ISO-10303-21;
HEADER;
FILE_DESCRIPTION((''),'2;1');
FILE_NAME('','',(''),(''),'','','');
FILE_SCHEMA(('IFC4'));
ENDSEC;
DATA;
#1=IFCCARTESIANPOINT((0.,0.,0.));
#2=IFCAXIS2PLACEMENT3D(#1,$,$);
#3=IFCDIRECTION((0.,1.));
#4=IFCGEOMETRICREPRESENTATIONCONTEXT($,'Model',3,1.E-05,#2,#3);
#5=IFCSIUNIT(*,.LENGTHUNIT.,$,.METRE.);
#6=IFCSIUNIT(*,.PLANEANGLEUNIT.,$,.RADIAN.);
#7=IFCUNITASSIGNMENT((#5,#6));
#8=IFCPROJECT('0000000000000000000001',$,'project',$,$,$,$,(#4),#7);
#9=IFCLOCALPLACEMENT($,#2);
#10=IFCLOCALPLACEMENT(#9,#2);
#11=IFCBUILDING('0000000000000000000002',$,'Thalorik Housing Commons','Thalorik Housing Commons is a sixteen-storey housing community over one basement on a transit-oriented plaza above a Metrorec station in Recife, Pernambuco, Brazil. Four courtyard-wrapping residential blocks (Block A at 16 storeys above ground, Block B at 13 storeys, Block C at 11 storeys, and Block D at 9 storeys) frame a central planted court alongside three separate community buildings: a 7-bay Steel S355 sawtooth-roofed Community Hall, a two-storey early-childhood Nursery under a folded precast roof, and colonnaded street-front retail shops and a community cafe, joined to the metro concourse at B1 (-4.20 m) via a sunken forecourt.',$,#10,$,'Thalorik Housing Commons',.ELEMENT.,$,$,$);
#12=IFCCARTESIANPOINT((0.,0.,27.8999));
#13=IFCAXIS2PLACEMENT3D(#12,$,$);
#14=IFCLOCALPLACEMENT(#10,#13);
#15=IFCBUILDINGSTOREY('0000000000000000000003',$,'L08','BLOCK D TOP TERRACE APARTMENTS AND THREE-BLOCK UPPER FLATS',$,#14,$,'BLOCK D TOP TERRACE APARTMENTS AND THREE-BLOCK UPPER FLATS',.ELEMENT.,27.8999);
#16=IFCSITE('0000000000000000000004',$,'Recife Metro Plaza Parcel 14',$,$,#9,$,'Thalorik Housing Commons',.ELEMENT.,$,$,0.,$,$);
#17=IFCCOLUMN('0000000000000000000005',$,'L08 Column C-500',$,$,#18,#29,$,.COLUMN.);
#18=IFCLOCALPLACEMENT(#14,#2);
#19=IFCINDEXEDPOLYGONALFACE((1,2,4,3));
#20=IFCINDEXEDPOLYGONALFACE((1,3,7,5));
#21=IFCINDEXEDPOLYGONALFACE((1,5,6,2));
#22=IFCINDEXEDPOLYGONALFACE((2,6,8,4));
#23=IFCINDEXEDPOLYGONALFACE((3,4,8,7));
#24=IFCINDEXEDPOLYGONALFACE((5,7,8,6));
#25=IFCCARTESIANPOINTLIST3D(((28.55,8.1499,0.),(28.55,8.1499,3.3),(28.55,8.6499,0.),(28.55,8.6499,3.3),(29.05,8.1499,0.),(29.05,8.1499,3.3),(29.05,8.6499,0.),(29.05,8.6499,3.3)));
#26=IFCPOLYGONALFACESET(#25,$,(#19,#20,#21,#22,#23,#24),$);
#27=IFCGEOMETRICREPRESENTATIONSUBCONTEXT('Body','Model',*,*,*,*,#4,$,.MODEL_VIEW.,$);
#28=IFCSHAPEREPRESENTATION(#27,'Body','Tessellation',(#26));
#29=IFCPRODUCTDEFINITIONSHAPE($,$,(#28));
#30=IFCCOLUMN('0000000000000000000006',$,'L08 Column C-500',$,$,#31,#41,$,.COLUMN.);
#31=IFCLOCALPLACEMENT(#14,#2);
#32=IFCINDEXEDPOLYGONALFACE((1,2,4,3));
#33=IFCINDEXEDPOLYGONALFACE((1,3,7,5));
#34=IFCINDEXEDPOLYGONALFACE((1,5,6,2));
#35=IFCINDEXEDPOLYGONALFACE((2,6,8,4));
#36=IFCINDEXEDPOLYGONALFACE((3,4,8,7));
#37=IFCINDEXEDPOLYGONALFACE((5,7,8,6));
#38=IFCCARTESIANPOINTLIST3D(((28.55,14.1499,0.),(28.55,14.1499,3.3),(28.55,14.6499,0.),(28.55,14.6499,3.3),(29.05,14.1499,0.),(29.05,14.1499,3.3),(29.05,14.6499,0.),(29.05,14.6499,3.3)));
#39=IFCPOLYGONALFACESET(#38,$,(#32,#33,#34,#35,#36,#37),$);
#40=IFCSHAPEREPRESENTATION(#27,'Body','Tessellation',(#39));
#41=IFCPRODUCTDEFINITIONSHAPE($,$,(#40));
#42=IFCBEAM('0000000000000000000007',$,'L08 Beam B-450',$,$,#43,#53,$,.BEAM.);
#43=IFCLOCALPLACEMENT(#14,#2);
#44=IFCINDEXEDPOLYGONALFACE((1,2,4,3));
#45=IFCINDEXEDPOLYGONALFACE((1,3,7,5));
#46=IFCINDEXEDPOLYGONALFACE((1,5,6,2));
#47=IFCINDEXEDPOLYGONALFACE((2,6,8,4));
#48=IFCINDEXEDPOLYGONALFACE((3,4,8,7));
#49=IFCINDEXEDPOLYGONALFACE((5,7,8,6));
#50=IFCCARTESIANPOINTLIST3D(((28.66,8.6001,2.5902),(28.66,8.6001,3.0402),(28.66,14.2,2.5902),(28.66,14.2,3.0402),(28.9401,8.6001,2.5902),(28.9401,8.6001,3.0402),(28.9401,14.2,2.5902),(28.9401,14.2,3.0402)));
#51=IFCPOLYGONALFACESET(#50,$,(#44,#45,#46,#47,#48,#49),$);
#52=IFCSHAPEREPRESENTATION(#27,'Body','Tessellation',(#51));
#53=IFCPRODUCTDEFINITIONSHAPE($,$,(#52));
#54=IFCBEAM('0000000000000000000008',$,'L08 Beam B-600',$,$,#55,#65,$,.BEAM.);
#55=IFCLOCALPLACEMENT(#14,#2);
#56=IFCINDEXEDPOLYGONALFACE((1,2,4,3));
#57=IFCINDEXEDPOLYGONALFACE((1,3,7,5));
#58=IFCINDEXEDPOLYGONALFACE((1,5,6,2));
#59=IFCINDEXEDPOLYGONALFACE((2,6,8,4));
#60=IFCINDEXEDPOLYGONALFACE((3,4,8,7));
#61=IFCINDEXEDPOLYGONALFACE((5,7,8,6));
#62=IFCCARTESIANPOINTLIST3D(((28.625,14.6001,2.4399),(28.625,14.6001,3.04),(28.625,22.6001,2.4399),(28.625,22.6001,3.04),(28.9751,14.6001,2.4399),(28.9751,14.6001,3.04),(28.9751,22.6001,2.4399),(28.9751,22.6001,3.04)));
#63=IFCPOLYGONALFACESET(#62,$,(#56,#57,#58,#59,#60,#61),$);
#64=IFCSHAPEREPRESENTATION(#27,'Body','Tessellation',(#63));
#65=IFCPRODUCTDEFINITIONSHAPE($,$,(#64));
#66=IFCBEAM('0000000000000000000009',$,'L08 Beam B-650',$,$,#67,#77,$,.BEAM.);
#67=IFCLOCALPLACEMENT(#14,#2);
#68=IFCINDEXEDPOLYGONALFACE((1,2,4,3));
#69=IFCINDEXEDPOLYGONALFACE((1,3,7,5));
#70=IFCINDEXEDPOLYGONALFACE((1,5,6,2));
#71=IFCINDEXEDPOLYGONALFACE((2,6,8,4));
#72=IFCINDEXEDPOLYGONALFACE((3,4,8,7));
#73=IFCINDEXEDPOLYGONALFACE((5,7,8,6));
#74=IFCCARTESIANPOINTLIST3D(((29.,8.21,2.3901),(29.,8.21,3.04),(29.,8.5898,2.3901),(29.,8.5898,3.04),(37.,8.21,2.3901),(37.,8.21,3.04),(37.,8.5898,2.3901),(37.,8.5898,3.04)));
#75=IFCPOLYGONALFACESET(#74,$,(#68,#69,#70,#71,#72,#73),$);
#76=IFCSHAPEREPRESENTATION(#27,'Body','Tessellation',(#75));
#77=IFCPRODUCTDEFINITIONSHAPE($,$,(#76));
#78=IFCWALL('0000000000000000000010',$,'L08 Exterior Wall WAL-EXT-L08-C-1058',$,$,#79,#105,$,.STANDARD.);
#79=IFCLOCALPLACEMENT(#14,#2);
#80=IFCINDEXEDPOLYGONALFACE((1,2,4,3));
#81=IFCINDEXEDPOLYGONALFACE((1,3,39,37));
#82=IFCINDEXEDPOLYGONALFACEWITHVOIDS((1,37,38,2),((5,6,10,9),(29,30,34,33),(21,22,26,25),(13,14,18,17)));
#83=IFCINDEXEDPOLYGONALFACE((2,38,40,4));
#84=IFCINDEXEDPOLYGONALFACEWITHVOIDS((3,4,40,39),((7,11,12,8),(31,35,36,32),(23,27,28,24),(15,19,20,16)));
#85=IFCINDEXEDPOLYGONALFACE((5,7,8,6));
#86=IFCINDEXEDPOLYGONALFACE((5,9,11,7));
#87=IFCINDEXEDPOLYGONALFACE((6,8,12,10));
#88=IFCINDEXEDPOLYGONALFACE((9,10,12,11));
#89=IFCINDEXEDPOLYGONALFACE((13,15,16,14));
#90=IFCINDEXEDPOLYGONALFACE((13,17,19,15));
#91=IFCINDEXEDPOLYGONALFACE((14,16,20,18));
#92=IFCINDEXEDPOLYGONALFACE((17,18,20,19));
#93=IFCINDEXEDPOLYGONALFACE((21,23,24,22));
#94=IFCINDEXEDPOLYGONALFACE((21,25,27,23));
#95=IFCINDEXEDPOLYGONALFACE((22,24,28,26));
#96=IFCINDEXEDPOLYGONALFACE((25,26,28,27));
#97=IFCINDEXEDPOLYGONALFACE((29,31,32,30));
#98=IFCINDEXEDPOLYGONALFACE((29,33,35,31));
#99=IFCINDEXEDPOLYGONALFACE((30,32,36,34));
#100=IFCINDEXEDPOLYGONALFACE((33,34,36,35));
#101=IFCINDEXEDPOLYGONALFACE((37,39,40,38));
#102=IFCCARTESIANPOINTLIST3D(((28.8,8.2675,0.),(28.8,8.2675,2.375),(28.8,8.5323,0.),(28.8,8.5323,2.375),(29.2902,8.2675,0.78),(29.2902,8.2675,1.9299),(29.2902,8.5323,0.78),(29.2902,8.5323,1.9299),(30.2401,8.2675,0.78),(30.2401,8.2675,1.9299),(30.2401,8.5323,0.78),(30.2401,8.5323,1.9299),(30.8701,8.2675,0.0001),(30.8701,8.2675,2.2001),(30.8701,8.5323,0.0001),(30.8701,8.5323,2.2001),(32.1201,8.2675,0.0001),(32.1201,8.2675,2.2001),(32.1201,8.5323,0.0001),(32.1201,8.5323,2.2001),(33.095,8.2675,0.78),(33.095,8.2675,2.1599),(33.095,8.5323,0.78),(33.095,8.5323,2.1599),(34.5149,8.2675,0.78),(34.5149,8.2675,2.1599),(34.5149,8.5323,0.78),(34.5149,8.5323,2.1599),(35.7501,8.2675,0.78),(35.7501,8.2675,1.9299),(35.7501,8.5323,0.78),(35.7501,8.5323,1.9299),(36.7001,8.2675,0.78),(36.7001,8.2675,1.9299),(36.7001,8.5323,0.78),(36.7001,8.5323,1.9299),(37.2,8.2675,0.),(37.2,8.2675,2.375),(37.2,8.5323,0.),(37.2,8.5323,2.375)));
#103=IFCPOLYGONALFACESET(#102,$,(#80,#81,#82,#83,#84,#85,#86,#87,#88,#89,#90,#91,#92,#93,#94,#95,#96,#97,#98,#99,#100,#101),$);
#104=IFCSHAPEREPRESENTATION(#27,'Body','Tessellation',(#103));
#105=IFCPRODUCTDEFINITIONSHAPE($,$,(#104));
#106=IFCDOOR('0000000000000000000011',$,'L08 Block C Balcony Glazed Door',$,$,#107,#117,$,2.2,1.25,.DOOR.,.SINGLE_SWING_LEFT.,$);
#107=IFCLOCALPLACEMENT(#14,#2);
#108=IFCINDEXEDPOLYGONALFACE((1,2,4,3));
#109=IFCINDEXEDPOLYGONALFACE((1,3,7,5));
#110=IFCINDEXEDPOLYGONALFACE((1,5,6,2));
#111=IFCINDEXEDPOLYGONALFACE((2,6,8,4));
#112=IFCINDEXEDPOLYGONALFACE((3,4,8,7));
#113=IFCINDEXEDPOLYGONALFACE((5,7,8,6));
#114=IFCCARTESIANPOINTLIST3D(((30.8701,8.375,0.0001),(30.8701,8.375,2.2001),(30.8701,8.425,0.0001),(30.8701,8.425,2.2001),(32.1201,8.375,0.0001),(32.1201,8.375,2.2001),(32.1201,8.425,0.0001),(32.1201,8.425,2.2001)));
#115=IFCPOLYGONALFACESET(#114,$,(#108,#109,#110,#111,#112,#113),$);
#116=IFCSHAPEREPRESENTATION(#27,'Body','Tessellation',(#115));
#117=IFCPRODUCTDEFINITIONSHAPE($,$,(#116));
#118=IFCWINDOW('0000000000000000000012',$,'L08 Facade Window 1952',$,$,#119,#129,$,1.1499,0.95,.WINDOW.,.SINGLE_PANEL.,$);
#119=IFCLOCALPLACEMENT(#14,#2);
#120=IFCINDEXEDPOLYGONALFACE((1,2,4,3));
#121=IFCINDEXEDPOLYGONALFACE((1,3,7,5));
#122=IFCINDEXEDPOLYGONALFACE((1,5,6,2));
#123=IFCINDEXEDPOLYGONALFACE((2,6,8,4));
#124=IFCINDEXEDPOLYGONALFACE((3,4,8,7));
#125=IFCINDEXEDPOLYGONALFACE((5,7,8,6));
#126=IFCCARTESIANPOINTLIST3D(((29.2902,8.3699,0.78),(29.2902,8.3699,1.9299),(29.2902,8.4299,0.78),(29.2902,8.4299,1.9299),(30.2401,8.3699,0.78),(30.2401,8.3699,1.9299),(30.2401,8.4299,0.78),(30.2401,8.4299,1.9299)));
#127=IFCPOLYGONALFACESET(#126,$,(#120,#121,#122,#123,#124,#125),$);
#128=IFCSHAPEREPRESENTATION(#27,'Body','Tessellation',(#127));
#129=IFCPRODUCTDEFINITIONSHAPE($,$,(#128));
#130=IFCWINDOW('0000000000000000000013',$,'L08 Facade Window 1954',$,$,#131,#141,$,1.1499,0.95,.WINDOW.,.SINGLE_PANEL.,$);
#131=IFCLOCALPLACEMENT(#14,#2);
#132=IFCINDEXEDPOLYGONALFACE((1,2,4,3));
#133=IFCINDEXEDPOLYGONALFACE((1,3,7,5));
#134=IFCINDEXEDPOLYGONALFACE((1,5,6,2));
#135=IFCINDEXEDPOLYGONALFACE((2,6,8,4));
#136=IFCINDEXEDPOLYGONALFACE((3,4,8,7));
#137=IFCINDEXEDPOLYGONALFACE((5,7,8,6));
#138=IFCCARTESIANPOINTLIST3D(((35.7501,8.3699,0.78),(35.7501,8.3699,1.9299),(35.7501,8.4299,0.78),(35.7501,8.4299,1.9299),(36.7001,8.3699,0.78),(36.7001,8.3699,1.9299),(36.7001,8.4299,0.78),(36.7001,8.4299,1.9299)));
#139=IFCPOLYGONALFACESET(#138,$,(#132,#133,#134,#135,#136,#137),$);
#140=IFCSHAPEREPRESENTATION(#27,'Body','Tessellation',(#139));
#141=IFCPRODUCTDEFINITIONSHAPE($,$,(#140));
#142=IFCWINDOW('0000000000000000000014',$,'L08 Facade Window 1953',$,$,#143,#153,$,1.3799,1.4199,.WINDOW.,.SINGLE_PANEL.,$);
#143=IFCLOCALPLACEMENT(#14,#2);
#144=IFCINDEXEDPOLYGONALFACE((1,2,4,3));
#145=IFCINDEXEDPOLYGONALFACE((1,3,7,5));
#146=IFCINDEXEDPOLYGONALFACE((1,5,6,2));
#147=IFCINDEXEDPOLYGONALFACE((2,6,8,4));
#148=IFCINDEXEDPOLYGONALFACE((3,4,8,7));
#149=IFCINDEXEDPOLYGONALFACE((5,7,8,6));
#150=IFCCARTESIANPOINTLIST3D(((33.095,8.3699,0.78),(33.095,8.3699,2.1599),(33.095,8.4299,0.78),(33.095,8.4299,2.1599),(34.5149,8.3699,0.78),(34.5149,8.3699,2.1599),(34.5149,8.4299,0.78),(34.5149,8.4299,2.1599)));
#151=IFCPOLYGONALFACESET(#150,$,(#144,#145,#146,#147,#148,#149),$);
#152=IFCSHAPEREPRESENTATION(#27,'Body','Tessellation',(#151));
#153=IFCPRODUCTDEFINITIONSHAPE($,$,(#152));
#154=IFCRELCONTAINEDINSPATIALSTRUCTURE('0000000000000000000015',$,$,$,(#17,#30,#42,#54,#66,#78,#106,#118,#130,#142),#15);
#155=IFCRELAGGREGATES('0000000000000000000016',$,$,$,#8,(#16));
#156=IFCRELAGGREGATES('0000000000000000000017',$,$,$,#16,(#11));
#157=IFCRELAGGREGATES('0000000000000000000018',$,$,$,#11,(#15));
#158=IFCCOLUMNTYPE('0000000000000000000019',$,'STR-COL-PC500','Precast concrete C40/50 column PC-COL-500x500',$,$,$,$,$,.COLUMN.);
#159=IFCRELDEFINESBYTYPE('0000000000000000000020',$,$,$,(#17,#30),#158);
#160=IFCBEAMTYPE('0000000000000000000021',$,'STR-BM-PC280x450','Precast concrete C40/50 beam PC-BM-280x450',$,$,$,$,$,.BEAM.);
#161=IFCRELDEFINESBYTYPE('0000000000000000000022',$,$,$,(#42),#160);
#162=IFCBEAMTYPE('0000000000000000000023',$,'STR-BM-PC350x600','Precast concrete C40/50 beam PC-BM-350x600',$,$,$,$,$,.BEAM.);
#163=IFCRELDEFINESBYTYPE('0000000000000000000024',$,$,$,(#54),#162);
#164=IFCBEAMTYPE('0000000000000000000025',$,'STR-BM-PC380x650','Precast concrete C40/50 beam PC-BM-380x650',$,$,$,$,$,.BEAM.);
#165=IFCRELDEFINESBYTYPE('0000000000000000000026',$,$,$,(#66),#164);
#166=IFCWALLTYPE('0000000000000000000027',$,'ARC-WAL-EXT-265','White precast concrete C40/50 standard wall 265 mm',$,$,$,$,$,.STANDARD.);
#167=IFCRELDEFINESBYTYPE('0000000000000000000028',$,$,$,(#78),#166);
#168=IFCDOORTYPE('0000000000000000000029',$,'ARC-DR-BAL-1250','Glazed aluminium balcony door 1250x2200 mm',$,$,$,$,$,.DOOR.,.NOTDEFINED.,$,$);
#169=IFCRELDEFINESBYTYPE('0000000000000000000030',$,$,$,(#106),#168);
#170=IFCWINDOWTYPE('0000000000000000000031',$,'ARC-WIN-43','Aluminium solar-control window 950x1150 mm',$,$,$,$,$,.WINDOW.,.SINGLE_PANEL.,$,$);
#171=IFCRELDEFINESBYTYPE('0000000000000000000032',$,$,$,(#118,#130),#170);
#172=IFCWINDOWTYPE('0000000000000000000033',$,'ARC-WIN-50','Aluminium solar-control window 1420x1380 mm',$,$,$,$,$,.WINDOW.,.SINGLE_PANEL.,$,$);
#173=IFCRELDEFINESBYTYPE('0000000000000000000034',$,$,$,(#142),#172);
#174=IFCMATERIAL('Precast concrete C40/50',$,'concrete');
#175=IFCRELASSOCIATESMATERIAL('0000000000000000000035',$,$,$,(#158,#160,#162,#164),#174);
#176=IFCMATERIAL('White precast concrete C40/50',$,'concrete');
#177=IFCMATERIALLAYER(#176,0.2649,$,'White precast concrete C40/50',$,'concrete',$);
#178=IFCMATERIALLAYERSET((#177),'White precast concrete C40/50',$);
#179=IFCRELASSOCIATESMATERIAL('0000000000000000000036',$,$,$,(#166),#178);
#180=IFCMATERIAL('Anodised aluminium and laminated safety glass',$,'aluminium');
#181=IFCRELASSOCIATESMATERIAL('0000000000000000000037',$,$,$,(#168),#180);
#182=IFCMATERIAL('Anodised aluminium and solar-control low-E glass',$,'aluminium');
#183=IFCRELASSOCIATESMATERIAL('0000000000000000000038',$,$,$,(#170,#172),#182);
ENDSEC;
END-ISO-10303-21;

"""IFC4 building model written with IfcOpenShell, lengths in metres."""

from ifc_helpers import new_model, si_unit, direction, frame, frame_2d, origin, origin_2d, place, context, subcontext, project, spatial, rectangle, extrude, material, layer, layer_set, material_profile, profile_set, type_object, element, fill, save


model = new_model("IFC4")

# Units and contexts
model_context = context("Model", 3, precision=1e-05, world=origin(), true_north=direction((0.0, 1.0)))
body_context = subcontext(model_context, "Body", "Model", "MODEL_VIEW")
ifc_project = project(units=[si_unit("LENGTHUNIT", "METRE"), si_unit("PLANEANGLEUNIT", "RADIAN")], contexts=[model_context])

# Site, building, storey
site_placement = place(None, origin())
site = spatial("IfcSite", under=ifc_project, at=site_placement, Name="Recife Metro Plaza Parcel 14", LongName="Thalorik Housing Commons", CompositionType="ELEMENT", RefElevation=0.0)
building_placement = place(site_placement, origin())
building = spatial("IfcBuilding", under=site, at=building_placement, Name="Thalorik Housing Commons", Description="Thalorik Housing Commons is a sixteen-storey housing community over one basement on a transit-oriented plaza above a Metrorec station in Recife, Pernambuco, Brazil. Four courtyard-wrapping residential blocks (Block A at 16 storeys above ground, Block B at 13 storeys, Block C at 11 storeys, and Block D at 9 storeys) frame a central planted court alongside three separate community buildings: a 7-bay Steel S355 sawtooth-roofed Community Hall, a two-storey early-childhood Nursery under a folded precast roof, and colonnaded street-front retail shops and a community cafe, joined to the metro concourse at B1 (-4.20 m) via a sunken forecourt.", LongName="Thalorik Housing Commons", CompositionType="ELEMENT")
storey_placement = place(building_placement, frame((0.0, 0.0, 27.8999)))
storey = spatial("IfcBuildingStorey", under=building, at=storey_placement, Name="L08", Description="BLOCK D TOP TERRACE APARTMENTS AND THREE-BLOCK UPPER FLATS", LongName="BLOCK D TOP TERRACE APARTMENTS AND THREE-BLOCK UPPER FLATS", CompositionType="ELEMENT", Elevation=27.8999)

# Columns
ifc_material_1 = material(Name="Precast concrete C40/50", Category="concrete")
ifc_material_profile_1 = material_profile(ifc_material_1, rectangle(XDim=0.5, YDim=0.5, at=origin_2d()), Name="PC 500x500", Category="concrete")
ifc_profile_set_1 = profile_set([ifc_material_profile_1], Name="Precast concrete C40/50")
column_type = type_object("IfcColumnType", Name="STR-COL-PC500", Description="Precast concrete C40/50 column PC-COL-500x500", PredefinedType="COLUMN", material=ifc_profile_set_1)
for number, where, z_axis, x_axis, name in (
    (1, (28.8, 8.3999, 0.0), (0.0, 0.0, 1.0), (1.0, 0.0, 0.0), "L08 Column C-500"),
    (2, (28.8, 14.3999, 0.0), (0.0, 0.0, 1.0), (1.0, 0.0, 0.0), "L08 Column C-500"),
):
    element("IfcColumn", number, at=place(storey_placement, frame(where, z_axis=z_axis, x_axis=x_axis)), inside=storey, type_object=column_type, Name=name, PredefinedType="COLUMN", context=body_context, shape_type="SweptSolid", body=[
        extrude(rectangle(XDim=0.5, YDim=0.5, at=origin_2d()), origin(), (0.0, 0.0, 1.0), 3.3),
    ])

# Beams
ifc_material_profile_2 = material_profile(ifc_material_1, rectangle(XDim=0.28, YDim=0.45, at=origin_2d()), Name="PC 280x450", Category="concrete")
ifc_profile_set_2 = profile_set([ifc_material_profile_2], Name="Precast concrete C40/50")
beam_type_1 = type_object("IfcBeamType", Name="STR-BM-PC280x450", Description="Precast concrete C40/50 beam PC-BM-280x450", PredefinedType="BEAM", material=ifc_profile_set_2)
beam_1_placement = place(storey_placement, frame((28.8, 8.6001, 2.8152), z_axis=(0.0, 1.0, 0.0), x_axis=(-1.0, 0.0, 0.0)))
element("IfcBeam", 3, at=beam_1_placement, inside=storey, type_object=beam_type_1, Name="L08 Beam B-450", PredefinedType="BEAM", context=body_context, shape_type="SweptSolid", body=[
    extrude(rectangle(XDim=0.28, YDim=0.45, at=origin_2d()), origin(), (0.0, 0.0, 1.0), 5.5999),
])
ifc_material_profile_3 = material_profile(ifc_material_1, rectangle(XDim=0.3501, YDim=0.6001, at=origin_2d()), Name="PC 350x600", Category="concrete")
ifc_profile_set_3 = profile_set([ifc_material_profile_3], Name="Precast concrete C40/50")
beam_type_2 = type_object("IfcBeamType", Name="STR-BM-PC350x600", Description="Precast concrete C40/50 beam PC-BM-350x600", PredefinedType="BEAM", material=ifc_profile_set_3)
beam_2_placement = place(storey_placement, frame((28.8, 14.6001, 2.74), z_axis=(0.0, 1.0, 0.0), x_axis=(-1.0, 0.0, 0.0)))
element("IfcBeam", 4, at=beam_2_placement, inside=storey, type_object=beam_type_2, Name="L08 Beam B-600", PredefinedType="BEAM", context=body_context, shape_type="SweptSolid", body=[
    extrude(rectangle(XDim=0.3501, YDim=0.6001, at=origin_2d()), origin(), (0.0, 0.0, 1.0), 8.0),
])
ifc_material_profile_4 = material_profile(ifc_material_1, rectangle(XDim=0.3799, YDim=0.6499, at=origin_2d()), Name="PC 380x650", Category="concrete")
ifc_profile_set_4 = profile_set([ifc_material_profile_4], Name="Precast concrete C40/50")
beam_type_3 = type_object("IfcBeamType", Name="STR-BM-PC380x650", Description="Precast concrete C40/50 beam PC-BM-380x650", PredefinedType="BEAM", material=ifc_profile_set_4)
beam_3_placement = place(storey_placement, frame((29.0, 8.3999, 2.7151), z_axis=(1.0, 0.0, 0.0), x_axis=(0.0, 1.0, 0.0)))
element("IfcBeam", 5, at=beam_3_placement, inside=storey, type_object=beam_type_3, Name="L08 Beam B-650", PredefinedType="BEAM", context=body_context, shape_type="SweptSolid", body=[
    extrude(rectangle(XDim=0.3799, YDim=0.6499, at=origin_2d()), origin(), (0.0, 0.0, 1.0), 8.0),
])

# Wall, openings, door, windows
ifc_material_2 = material(Name="White precast concrete C40/50", Category="concrete")
ifc_layer_1 = layer(ifc_material_2, 0.2649, Name="White precast concrete C40/50", Category="concrete")
ifc_layer_set_1 = layer_set([ifc_layer_1], Name="White precast concrete C40/50")
wall_type_1 = type_object("IfcWallType", Name="ARC-WAL-EXT-265", Description="White precast concrete C40/50 standard wall 265 mm", PredefinedType="STANDARD", material=ifc_layer_set_1)
wall_1_placement = place(storey_placement, frame((28.8, 8.3999, 0.0), z_axis=(0.0, 0.0, 1.0), x_axis=(1.0, 0.0, 0.0)))
wall_1 = element("IfcWall", 6, at=wall_1_placement, inside=storey, type_object=wall_type_1, Name="L08 Exterior Wall WAL-EXT-L08-C-1058", PredefinedType="STANDARD", context=body_context, shape_type="SweptSolid", body=[
    extrude(rectangle(XDim=8.3999, YDim=0.2649, at=frame_2d((4.2, 0.0))), origin(), (0.0, 0.0, 1.0), 2.375),
])
opening_1_placement = place(wall_1_placement, frame((2.0701, 0.0, 0.0)))
opening_1 = element("IfcOpeningElement", 7, at=opening_1_placement, cuts=wall_1, PredefinedType="OPENING", context=body_context, shape_type="SweptSolid", body=[
    extrude(rectangle(XDim=1.25, YDim=2.2, at=frame_2d((0.625, 1.1001))), frame((0.0, 0.1426, 0.0), z_axis=(0.0, -1.0, 0.0), x_axis=(1.0, 0.0, 0.0)), (0.0, 0.0, 1.0), 0.2849),
])
opening_2_placement = place(wall_1_placement, frame((0.49, 0.0, 0.78)))
opening_2 = element("IfcOpeningElement", 8, at=opening_2_placement, cuts=wall_1, PredefinedType="OPENING", context=body_context, shape_type="SweptSolid", body=[
    extrude(rectangle(XDim=0.95, YDim=1.1499, at=frame_2d((0.4751, 0.575))), frame((0.0, 0.1426, 0.0), z_axis=(0.0, -1.0, 0.0), x_axis=(1.0, 0.0, 0.0)), (0.0, 0.0, 1.0), 0.2849),
])
opening_3_placement = place(wall_1_placement, frame((4.2949, 0.0, 0.78)))
opening_3 = element("IfcOpeningElement", 9, at=opening_3_placement, cuts=wall_1, PredefinedType="OPENING", context=body_context, shape_type="SweptSolid", body=[
    extrude(rectangle(XDim=1.4199, YDim=1.3799, at=frame_2d((0.71, 0.6899))), frame((0.0, 0.1426, 0.0), z_axis=(0.0, -1.0, 0.0), x_axis=(1.0, 0.0, 0.0)), (0.0, 0.0, 1.0), 0.2849),
])
opening_4_placement = place(wall_1_placement, frame((6.95, 0.0, 0.78)))
opening_4 = element("IfcOpeningElement", 10, at=opening_4_placement, cuts=wall_1, PredefinedType="OPENING", context=body_context, shape_type="SweptSolid", body=[
    extrude(rectangle(XDim=0.95, YDim=1.1499, at=frame_2d((0.4751, 0.575))), frame((0.0, 0.1426, 0.0), z_axis=(0.0, -1.0, 0.0), x_axis=(1.0, 0.0, 0.0)), (0.0, 0.0, 1.0), 0.2849),
])
ifc_material_3 = material(Name="Anodised aluminium and laminated safety glass", Category="aluminium")
door_type_1 = type_object("IfcDoorType", Name="ARC-DR-BAL-1250", Description="Glazed aluminium balcony door 1250x2200 mm", OperationType="NOTDEFINED", PredefinedType="DOOR", material=ifc_material_3)
door_1_placement = place(opening_1_placement, frame((1.25, 0.0, 0.0), z_axis=(0.0, 0.0, 1.0), x_axis=(-1.0, 0.0, 0.0)))
door_1 = element("IfcDoor", 11, at=door_1_placement, inside=storey, type_object=door_type_1, Name="L08 Block C Balcony Glazed Door", OperationType="SINGLE_SWING_LEFT", OverallHeight=2.2, OverallWidth=1.25, PredefinedType="DOOR", context=body_context, shape_type="SweptSolid", body=[
    extrude(rectangle(XDim=1.25, YDim=2.2, at=frame_2d((0.625, 1.1001))), frame((0.0, 0.0249, 0.0), z_axis=(0.0, -1.0, 0.0), x_axis=(1.0, 0.0, 0.0)), (0.0, 0.0, 1.0), 0.05),
])
fill(opening_1, door_1)
ifc_material_4 = material(Name="Anodised aluminium and solar-control low-E glass", Category="aluminium")
window_type_1 = type_object("IfcWindowType", Name="ARC-WIN-43", Description="Aluminium solar-control window 950x1150 mm", PartitioningType="SINGLE_PANEL", PredefinedType="WINDOW", material=ifc_material_4)
window_1_placement = place(opening_2_placement, origin())
window_1 = element("IfcWindow", 12, at=window_1_placement, inside=storey, type_object=window_type_1, Name="L08 Facade Window 1952", OverallHeight=1.1499, OverallWidth=0.95, PartitioningType="SINGLE_PANEL", PredefinedType="WINDOW", context=body_context, shape_type="SweptSolid", body=[
    extrude(rectangle(XDim=0.95, YDim=1.1499, at=frame_2d((0.4751, 0.575))), frame((0.0, 0.03, 0.0), z_axis=(0.0, -1.0, 0.0), x_axis=(1.0, 0.0, 0.0)), (0.0, 0.0, 1.0), 0.0601),
])
fill(opening_2, window_1)
window_2_placement = place(opening_4_placement, origin())
window_2 = element("IfcWindow", 13, at=window_2_placement, inside=storey, type_object=window_type_1, Name="L08 Facade Window 1954", OverallHeight=1.1499, OverallWidth=0.95, PartitioningType="SINGLE_PANEL", PredefinedType="WINDOW", context=body_context, shape_type="SweptSolid", body=[
    extrude(rectangle(XDim=0.95, YDim=1.1499, at=frame_2d((0.4751, 0.575))), frame((0.0, 0.03, 0.0), z_axis=(0.0, -1.0, 0.0), x_axis=(1.0, 0.0, 0.0)), (0.0, 0.0, 1.0), 0.0601),
])
fill(opening_4, window_2)
window_type_2 = type_object("IfcWindowType", Name="ARC-WIN-50", Description="Aluminium solar-control window 1420x1380 mm", PartitioningType="SINGLE_PANEL", PredefinedType="WINDOW", material=ifc_material_4)
window_3_placement = place(opening_3_placement, origin())
window_3 = element("IfcWindow", 14, at=window_3_placement, inside=storey, type_object=window_type_2, Name="L08 Facade Window 1953", OverallHeight=1.3799, OverallWidth=1.4199, PartitioningType="SINGLE_PANEL", PredefinedType="WINDOW", context=body_context, shape_type="SweptSolid", body=[
    extrude(rectangle(XDim=1.4199, YDim=1.3799, at=frame_2d((0.71, 0.6899))), frame((0.0, 0.03, 0.0), z_axis=(0.0, -1.0, 0.0), x_axis=(1.0, 0.0, 0.0)), (0.0, 0.0, 1.0), 0.0601),
])
fill(opening_3, window_3)

save(model, "model.ifc")
